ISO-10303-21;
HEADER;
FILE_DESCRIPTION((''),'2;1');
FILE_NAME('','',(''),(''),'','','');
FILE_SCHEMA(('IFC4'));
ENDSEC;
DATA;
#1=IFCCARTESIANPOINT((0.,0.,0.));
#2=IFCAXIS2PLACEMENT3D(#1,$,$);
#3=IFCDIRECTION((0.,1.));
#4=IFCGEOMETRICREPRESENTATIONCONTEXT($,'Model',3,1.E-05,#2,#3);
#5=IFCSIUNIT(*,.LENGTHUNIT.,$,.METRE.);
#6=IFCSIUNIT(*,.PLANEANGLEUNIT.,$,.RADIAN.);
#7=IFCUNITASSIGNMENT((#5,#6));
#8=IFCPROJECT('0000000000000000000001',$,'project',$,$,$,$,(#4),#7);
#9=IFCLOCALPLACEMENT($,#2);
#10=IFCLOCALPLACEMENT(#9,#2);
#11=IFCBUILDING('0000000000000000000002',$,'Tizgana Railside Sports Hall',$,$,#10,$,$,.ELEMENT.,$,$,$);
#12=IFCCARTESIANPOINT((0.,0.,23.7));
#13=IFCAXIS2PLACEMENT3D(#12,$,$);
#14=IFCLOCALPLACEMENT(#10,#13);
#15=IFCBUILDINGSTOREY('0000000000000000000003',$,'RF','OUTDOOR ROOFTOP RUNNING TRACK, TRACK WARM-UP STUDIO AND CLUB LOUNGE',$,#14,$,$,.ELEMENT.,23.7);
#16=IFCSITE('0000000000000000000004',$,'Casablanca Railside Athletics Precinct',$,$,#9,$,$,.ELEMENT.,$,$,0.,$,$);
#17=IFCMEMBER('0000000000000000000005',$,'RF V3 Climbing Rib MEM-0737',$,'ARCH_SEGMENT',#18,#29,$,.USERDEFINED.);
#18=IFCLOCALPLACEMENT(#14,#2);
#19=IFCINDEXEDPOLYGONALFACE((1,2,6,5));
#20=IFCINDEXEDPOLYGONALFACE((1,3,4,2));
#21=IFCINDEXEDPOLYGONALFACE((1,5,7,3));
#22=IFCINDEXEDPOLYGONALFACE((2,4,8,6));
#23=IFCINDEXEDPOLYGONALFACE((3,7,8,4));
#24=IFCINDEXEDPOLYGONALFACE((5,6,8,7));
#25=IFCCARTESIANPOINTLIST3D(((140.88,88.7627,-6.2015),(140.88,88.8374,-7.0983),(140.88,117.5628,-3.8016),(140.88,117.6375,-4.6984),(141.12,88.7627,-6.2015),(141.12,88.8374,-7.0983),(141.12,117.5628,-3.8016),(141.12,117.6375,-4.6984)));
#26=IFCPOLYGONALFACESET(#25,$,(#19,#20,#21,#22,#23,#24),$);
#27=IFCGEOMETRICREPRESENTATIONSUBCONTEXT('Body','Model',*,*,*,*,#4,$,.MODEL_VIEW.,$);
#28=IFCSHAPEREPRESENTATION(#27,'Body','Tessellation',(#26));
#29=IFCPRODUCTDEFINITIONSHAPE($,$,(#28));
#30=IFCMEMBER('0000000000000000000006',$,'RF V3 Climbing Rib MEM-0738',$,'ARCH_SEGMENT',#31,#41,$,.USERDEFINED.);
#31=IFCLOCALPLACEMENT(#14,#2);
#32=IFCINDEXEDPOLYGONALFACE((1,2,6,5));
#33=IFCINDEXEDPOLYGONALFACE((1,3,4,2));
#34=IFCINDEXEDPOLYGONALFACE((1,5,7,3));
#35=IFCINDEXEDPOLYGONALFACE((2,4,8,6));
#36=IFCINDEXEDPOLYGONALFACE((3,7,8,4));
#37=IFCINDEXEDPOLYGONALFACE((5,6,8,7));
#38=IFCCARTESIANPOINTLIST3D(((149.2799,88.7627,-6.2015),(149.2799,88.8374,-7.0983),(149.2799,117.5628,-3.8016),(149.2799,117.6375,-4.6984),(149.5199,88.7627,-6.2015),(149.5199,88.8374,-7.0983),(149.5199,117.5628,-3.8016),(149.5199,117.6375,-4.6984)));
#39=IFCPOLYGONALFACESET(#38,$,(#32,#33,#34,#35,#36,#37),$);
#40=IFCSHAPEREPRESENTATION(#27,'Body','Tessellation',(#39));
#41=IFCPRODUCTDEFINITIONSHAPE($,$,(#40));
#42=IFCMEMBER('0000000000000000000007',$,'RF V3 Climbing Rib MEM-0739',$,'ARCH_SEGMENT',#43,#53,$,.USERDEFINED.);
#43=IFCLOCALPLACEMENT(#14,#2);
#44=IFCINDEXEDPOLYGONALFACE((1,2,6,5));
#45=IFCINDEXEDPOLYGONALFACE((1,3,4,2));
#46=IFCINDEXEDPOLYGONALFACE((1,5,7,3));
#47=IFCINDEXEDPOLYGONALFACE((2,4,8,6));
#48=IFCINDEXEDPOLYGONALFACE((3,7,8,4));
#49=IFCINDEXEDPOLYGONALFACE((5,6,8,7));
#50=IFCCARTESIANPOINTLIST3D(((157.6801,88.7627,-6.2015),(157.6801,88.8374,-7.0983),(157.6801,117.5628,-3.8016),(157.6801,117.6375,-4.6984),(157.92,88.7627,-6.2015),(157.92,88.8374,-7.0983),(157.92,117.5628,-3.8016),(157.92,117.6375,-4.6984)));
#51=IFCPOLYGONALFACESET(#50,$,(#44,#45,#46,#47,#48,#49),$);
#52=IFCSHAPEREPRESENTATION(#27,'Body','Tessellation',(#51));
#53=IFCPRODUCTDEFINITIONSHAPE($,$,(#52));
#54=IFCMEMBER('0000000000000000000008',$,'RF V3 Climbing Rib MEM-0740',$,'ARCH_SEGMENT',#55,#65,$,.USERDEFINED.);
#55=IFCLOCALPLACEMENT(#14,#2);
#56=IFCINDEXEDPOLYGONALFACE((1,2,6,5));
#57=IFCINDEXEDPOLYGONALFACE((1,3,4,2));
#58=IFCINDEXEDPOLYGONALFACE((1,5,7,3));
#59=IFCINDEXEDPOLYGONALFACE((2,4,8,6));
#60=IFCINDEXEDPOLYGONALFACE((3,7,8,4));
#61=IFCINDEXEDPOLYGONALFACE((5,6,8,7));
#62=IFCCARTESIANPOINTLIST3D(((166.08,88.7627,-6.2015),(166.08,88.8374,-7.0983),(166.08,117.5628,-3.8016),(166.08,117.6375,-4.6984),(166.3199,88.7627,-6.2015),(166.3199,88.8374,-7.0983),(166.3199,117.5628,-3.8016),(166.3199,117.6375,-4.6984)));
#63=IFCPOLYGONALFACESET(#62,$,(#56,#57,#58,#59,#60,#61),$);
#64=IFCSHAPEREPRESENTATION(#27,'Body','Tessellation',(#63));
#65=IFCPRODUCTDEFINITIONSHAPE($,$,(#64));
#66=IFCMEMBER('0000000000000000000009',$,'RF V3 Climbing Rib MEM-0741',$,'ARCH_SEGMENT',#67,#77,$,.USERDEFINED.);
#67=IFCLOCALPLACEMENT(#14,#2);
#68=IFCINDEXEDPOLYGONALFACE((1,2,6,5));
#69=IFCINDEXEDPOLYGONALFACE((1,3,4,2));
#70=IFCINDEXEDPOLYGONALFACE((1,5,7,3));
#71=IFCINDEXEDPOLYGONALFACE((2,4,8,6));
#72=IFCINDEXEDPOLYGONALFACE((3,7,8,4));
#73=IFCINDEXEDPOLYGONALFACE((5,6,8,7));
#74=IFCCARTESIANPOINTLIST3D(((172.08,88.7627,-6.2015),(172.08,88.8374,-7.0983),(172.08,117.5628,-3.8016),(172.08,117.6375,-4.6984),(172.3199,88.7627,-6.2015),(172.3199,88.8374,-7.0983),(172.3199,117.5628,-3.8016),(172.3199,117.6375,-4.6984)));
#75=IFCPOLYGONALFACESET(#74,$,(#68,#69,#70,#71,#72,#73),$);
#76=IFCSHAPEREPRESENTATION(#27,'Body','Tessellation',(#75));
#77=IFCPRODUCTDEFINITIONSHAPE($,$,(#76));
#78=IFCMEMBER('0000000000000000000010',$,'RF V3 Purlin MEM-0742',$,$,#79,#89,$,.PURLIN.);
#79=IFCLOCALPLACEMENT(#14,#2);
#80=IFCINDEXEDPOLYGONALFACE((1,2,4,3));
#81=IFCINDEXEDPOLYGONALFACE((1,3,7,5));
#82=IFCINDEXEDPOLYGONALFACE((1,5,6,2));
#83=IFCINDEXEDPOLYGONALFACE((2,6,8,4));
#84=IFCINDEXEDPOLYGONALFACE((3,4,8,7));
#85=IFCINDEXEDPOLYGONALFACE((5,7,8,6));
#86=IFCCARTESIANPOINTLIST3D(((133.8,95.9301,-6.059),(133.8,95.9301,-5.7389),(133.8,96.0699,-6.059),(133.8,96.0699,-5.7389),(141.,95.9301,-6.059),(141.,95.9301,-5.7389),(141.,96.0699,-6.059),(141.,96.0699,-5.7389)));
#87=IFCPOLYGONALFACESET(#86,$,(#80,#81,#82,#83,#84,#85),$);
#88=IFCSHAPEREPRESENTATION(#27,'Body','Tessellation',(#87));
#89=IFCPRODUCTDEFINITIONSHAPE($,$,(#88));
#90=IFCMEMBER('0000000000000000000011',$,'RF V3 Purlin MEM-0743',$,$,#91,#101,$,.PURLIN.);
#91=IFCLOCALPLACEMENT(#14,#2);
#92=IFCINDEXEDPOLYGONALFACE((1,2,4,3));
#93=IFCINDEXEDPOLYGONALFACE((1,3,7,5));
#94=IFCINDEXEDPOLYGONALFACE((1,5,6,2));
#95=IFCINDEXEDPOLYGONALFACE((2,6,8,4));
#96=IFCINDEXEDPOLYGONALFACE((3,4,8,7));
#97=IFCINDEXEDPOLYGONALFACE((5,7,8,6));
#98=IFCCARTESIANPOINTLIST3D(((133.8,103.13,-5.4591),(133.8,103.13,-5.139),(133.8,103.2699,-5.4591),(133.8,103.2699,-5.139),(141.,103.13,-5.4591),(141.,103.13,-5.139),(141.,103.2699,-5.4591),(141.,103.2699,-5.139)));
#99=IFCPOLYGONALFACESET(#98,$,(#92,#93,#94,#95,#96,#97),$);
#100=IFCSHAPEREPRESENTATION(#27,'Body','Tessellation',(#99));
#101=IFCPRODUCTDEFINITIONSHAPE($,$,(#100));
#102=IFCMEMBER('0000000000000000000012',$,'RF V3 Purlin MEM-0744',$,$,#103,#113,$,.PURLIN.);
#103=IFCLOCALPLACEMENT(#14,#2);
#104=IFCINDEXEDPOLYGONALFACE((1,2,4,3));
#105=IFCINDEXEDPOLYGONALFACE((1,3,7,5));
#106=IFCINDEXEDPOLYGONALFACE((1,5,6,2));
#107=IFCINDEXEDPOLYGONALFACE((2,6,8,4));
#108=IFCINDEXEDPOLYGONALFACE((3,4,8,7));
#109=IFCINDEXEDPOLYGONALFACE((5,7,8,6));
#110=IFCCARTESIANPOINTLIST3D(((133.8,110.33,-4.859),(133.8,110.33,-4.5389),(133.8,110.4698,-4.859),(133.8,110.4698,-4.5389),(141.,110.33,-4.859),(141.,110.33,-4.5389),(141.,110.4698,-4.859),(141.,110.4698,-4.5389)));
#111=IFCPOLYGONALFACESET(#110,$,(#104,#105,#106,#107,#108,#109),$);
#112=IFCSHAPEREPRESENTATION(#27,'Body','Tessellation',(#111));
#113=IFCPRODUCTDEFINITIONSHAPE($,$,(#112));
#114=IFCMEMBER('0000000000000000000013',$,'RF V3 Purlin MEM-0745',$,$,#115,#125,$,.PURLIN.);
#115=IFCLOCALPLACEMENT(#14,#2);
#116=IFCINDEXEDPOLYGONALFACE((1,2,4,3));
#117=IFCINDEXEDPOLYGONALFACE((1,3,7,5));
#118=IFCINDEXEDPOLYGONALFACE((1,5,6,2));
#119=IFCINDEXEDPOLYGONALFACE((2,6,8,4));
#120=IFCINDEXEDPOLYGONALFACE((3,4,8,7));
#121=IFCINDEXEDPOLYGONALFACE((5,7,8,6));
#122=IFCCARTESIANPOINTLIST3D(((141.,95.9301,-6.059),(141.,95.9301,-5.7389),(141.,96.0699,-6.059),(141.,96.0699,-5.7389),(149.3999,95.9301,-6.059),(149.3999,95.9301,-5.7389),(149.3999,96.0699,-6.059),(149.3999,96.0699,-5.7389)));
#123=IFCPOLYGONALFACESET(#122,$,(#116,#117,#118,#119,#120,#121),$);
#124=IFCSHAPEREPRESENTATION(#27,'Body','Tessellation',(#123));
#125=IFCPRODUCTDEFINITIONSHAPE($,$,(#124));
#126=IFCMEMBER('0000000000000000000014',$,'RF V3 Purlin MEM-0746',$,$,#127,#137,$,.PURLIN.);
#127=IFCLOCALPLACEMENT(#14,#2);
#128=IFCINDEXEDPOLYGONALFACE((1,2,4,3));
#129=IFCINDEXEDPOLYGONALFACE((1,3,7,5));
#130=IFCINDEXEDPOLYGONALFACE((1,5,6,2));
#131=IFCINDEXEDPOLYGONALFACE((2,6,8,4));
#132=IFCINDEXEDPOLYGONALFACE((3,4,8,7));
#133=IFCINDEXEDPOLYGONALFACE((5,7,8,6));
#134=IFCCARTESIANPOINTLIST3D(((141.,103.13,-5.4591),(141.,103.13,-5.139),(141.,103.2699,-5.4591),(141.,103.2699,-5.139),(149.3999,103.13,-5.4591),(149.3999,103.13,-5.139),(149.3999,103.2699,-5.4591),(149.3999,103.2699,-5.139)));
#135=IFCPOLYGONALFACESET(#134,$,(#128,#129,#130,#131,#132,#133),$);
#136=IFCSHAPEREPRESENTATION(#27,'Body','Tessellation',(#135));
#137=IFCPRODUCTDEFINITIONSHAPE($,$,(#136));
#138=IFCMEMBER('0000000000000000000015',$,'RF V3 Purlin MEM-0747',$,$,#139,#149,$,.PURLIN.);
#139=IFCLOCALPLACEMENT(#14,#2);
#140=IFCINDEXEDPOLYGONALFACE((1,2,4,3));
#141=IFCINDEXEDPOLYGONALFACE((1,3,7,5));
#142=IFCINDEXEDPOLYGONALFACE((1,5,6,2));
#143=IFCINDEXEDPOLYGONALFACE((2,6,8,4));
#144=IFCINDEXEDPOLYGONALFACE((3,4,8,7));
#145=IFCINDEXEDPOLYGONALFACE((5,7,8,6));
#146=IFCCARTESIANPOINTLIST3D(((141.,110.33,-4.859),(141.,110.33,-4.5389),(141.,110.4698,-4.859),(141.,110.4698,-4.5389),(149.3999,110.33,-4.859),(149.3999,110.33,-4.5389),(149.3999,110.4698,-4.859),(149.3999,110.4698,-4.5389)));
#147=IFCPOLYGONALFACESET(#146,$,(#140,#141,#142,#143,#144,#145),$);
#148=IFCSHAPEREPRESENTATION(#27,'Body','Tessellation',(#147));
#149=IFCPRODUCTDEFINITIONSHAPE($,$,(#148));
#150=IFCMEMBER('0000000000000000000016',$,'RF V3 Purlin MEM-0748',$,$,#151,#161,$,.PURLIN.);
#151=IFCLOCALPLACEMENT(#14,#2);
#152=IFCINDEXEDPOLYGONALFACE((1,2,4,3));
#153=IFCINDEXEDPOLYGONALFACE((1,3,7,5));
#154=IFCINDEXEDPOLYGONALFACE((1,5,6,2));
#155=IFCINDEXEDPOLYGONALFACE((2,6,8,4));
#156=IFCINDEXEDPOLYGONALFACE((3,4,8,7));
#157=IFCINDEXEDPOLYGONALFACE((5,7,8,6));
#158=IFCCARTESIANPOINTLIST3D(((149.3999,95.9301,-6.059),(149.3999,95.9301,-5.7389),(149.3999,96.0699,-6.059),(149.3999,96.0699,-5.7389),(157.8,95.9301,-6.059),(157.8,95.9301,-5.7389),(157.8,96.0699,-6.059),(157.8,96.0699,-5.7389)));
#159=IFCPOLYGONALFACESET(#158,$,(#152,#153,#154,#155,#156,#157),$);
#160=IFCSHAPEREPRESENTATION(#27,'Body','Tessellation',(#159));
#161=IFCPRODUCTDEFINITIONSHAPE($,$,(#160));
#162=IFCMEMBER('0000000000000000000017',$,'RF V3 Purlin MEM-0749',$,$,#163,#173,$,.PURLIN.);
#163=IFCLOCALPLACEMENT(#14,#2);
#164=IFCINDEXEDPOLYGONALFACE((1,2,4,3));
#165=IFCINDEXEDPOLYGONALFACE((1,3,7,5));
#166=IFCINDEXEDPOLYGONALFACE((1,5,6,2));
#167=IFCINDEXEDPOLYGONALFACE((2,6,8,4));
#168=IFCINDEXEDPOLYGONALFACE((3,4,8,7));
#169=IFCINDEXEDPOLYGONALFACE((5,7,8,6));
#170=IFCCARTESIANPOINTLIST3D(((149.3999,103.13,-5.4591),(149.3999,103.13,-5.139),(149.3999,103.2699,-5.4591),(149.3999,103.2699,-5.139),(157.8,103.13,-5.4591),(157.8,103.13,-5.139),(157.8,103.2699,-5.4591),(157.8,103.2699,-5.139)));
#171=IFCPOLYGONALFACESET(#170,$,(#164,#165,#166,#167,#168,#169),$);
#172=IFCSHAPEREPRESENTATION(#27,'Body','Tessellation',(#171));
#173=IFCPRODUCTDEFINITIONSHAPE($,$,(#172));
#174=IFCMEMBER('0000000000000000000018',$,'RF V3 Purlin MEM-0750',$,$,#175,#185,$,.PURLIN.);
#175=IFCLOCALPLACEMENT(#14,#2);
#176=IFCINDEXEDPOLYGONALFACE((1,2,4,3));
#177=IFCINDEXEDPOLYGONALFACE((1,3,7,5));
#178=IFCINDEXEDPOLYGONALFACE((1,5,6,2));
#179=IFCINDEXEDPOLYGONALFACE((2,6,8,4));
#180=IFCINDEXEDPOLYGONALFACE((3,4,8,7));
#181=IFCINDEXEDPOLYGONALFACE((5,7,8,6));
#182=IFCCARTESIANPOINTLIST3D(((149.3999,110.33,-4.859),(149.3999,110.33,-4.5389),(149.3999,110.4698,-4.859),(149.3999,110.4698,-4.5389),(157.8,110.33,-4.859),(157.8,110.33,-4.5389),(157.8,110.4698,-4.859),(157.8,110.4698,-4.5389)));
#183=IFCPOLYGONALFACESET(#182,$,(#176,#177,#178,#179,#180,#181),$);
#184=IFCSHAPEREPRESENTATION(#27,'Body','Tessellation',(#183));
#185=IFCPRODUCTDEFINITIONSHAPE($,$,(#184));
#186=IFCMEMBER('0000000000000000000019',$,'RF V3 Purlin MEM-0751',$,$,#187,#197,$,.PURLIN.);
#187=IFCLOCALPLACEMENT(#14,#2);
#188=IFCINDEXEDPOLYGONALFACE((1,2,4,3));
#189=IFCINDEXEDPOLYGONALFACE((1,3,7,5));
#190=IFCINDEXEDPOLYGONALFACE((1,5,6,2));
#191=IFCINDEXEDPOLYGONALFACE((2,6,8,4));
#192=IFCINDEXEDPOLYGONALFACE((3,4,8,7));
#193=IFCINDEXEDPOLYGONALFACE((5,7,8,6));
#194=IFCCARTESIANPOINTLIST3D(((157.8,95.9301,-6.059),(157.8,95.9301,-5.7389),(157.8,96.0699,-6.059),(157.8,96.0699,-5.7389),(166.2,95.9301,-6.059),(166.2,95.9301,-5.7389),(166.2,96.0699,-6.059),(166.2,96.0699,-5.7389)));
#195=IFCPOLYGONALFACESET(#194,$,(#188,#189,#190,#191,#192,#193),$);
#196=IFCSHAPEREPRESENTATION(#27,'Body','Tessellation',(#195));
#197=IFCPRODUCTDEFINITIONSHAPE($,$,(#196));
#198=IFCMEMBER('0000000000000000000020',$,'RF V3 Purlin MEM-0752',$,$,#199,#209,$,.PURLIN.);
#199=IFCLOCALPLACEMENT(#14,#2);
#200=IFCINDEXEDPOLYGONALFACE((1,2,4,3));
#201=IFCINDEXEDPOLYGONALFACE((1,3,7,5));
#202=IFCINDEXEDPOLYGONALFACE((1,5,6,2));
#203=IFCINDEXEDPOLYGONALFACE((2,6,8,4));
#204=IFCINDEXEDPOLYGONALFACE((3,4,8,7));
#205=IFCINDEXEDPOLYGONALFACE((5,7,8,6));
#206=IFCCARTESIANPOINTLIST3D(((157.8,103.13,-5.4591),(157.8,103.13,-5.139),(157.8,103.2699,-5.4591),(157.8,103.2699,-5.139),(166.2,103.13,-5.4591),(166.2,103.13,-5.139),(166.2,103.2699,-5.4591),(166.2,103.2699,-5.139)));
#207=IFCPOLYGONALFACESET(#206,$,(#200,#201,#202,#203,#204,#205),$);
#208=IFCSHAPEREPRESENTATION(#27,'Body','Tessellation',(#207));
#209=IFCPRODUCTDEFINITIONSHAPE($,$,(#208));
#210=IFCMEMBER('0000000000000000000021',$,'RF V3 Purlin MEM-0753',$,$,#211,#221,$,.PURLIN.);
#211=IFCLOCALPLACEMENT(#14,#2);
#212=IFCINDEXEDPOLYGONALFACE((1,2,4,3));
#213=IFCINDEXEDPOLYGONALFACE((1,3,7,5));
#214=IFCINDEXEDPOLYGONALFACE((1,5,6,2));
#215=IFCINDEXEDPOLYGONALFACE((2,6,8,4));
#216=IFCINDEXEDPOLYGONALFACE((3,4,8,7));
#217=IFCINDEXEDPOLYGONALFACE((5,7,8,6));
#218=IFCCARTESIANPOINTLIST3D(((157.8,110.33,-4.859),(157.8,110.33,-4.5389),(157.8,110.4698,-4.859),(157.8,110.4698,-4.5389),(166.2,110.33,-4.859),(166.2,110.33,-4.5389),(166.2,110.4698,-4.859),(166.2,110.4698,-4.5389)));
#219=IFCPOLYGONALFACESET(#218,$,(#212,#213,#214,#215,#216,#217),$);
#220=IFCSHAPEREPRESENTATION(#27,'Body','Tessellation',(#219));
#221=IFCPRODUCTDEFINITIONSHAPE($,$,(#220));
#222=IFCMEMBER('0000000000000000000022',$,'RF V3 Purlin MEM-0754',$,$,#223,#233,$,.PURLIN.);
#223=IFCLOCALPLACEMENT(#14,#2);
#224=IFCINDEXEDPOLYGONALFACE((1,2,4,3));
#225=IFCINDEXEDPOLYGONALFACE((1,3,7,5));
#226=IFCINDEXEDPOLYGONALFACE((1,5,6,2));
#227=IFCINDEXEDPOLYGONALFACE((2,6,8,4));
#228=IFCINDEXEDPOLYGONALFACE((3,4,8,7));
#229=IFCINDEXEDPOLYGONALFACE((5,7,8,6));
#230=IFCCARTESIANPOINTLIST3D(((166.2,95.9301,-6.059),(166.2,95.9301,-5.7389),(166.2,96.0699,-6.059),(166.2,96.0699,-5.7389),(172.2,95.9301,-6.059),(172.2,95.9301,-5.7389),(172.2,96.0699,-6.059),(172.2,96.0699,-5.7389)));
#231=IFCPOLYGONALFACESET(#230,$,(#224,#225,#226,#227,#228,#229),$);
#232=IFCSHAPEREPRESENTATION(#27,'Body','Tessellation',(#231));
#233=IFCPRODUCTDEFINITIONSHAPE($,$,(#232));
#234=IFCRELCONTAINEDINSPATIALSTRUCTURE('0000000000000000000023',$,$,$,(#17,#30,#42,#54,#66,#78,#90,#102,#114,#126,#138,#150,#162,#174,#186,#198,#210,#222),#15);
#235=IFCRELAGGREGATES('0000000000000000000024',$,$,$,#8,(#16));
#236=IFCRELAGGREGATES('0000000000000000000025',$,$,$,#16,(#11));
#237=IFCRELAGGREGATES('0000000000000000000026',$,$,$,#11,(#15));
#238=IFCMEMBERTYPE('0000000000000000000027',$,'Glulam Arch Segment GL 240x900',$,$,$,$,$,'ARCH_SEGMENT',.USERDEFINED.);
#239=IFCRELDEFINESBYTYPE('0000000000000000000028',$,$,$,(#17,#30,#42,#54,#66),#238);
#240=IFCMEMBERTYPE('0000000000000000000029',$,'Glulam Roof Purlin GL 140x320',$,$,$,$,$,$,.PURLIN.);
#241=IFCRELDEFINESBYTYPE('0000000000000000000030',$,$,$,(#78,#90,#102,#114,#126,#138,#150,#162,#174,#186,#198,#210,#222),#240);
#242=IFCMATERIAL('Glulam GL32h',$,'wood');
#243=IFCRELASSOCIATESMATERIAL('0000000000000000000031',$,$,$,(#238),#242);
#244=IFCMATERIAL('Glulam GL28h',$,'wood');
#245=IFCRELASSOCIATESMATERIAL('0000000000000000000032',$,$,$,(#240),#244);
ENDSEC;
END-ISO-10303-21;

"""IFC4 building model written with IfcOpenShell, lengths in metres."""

from ifc_helpers import new_model, si_unit, direction, frame, origin, origin_2d, place, context, subcontext, project, spatial, rectangle, extrude, material, material_profile, profile_set, type_object, element, save


model = new_model("IFC4")

# Units and contexts
model_context = context("Model", 3, precision=1e-05, world=origin(), true_north=direction((0.0, 1.0)))
body_context = subcontext(model_context, "Body", "Model", "MODEL_VIEW")
ifc_project = project(units=[si_unit("LENGTHUNIT", "METRE"), si_unit("PLANEANGLEUNIT", "RADIAN")], contexts=[model_context])

# Site, building, storey
site_placement = place(None, origin())
site = spatial("IfcSite", under=ifc_project, at=site_placement, Name="Casablanca Railside Athletics Precinct", CompositionType="ELEMENT", RefElevation=0.0)
building_placement = place(site_placement, origin())
building = spatial("IfcBuilding", under=site, at=building_placement, Name="Tizgana Railside Sports Hall", CompositionType="ELEMENT")
storey_placement = place(building_placement, frame((0.0, 0.0, 23.7)))
storey = spatial("IfcBuildingStorey", under=building, at=storey_placement, Name="RF", Description="OUTDOOR ROOFTOP RUNNING TRACK, TRACK WARM-UP STUDIO AND CLUB LOUNGE", CompositionType="ELEMENT", Elevation=23.7)

# Members
ifc_material_1 = material(Name="Glulam GL32h", Category="wood")
ifc_material_profile_1 = material_profile(ifc_material_1, rectangle(XDim=0.24, YDim=0.8999, at=origin_2d()), Name="GL 240x900")
ifc_profile_set_1 = profile_set([ifc_material_profile_1], Name="Glulam GL32h")
member_type_1 = type_object("IfcMemberType", Name="Glulam Arch Segment GL 240x900", ElementType="ARCH_SEGMENT", PredefinedType="USERDEFINED", material=ifc_profile_set_1)
for number, where, z_axis, x_axis, name in (
    (1, (141.0, 88.8, -6.6499), (0.0, 0.996546, 0.083042), (-1.0, 0.0, 0.0), "RF V3 Climbing Rib MEM-0737"),
    (2, (149.3999, 88.8, -6.6499), (0.0, 0.996546, 0.083042), (-1.0, 0.0, 0.0), "RF V3 Climbing Rib MEM-0738"),
    (3, (157.8, 88.8, -6.6499), (0.0, 0.996546, 0.083042), (-1.0, 0.0, 0.0), "RF V3 Climbing Rib MEM-0739"),
    (4, (166.2, 88.8, -6.6499), (0.0, 0.996546, 0.083042), (-1.0, 0.0, 0.0), "RF V3 Climbing Rib MEM-0740"),
    (5, (172.2, 88.8, -6.6499), (0.0, 0.996546, 0.083042), (-1.0, 0.0, 0.0), "RF V3 Climbing Rib MEM-0741"),
):
    element("IfcMember", number, at=place(storey_placement, frame(where, z_axis=z_axis, x_axis=x_axis)), inside=storey, type_object=member_type_1, Name=name, ObjectType="ARCH_SEGMENT", PredefinedType="USERDEFINED", context=body_context, shape_type="SweptSolid", body=[
        extrude(rectangle(XDim=0.24, YDim=0.8999, at=origin_2d()), origin(), (0.0, 0.0, 1.0), 28.8999),
    ])
ifc_material_2 = material(Name="Glulam GL28h", Category="wood")
ifc_material_profile_2 = material_profile(ifc_material_2, rectangle(XDim=0.1399, YDim=0.3201, at=origin_2d()), Name="GL 140x320")
ifc_profile_set_2 = profile_set([ifc_material_profile_2], Name="Glulam GL28h")
member_type_2 = type_object("IfcMemberType", Name="Glulam Roof Purlin GL 140x320", PredefinedType="PURLIN", material=ifc_profile_set_2)
for number, where, z_axis, x_axis, name in (
    (6, (133.8, 96.0, -5.8989), (1.0, 0.0, 0.0), (0.0, 1.0, 0.0), "RF V3 Purlin MEM-0742"),
    (7, (133.8, 103.2, -5.2991), (1.0, 0.0, 0.0), (0.0, 1.0, 0.0), "RF V3 Purlin MEM-0743"),
    (8, (133.8, 110.3999, -4.699), (1.0, 0.0, 0.0), (0.0, 1.0, 0.0), "RF V3 Purlin MEM-0744"),
):
    element("IfcMember", number, at=place(storey_placement, frame(where, z_axis=z_axis, x_axis=x_axis)), inside=storey, type_object=member_type_2, Name=name, PredefinedType="PURLIN", context=body_context, shape_type="SweptSolid", body=[
        extrude(rectangle(XDim=0.1399, YDim=0.3201, at=origin_2d()), origin(), (0.0, 0.0, 1.0), 7.2),
    ])
for number, where, z_axis, x_axis, name in (
    (9, (141.0, 96.0, -5.8989), (1.0, 0.0, 0.0), (0.0, 1.0, 0.0), "RF V3 Purlin MEM-0745"),
    (10, (141.0, 103.2, -5.2991), (1.0, 0.0, 0.0), (0.0, 1.0, 0.0), "RF V3 Purlin MEM-0746"),
    (11, (141.0, 110.3999, -4.699), (1.0, 0.0, 0.0), (0.0, 1.0, 0.0), "RF V3 Purlin MEM-0747"),
):
    element("IfcMember", number, at=place(storey_placement, frame(where, z_axis=z_axis, x_axis=x_axis)), inside=storey, type_object=member_type_2, Name=name, PredefinedType="PURLIN", context=body_context, shape_type="SweptSolid", body=[
        extrude(rectangle(XDim=0.1399, YDim=0.3201, at=origin_2d()), origin(), (0.0, 0.0, 1.0), 8.3999),
    ])
for number, where, z_axis, x_axis, name in (
    (12, (149.3999, 96.0, -5.8989), (1.0, 0.0, 0.0), (0.0, 1.0, 0.0), "RF V3 Purlin MEM-0748"),
    (13, (149.3999, 103.2, -5.2991), (1.0, 0.0, 0.0), (0.0, 1.0, 0.0), "RF V3 Purlin MEM-0749"),
    (14, (149.3999, 110.3999, -4.699), (1.0, 0.0, 0.0), (0.0, 1.0, 0.0), "RF V3 Purlin MEM-0750"),
):
    element("IfcMember", number, at=place(storey_placement, frame(where, z_axis=z_axis, x_axis=x_axis)), inside=storey, type_object=member_type_2, Name=name, PredefinedType="PURLIN", context=body_context, shape_type="SweptSolid", body=[
        extrude(rectangle(XDim=0.1399, YDim=0.3201, at=origin_2d()), origin(), (0.0, 0.0, 1.0), 8.4001),
    ])
for number, where, z_axis, x_axis, name in (
    (15, (157.8, 96.0, -5.8989), (1.0, 0.0, 0.0), (0.0, 1.0, 0.0), "RF V3 Purlin MEM-0751"),
    (16, (157.8, 103.2, -5.2991), (1.0, 0.0, 0.0), (0.0, 1.0, 0.0), "RF V3 Purlin MEM-0752"),
    (17, (157.8, 110.3999, -4.699), (1.0, 0.0, 0.0), (0.0, 1.0, 0.0), "RF V3 Purlin MEM-0753"),
):
    element("IfcMember", number, at=place(storey_placement, frame(where, z_axis=z_axis, x_axis=x_axis)), inside=storey, type_object=member_type_2, Name=name, PredefinedType="PURLIN", context=body_context, shape_type="SweptSolid", body=[
        extrude(rectangle(XDim=0.1399, YDim=0.3201, at=origin_2d()), origin(), (0.0, 0.0, 1.0), 8.3999),
    ])
for number, where, z_axis, x_axis, name in (
    (18, (166.2, 96.0, -5.8989), (1.0, 0.0, 0.0), (0.0, 1.0, 0.0), "RF V3 Purlin MEM-0754"),
):
    element("IfcMember", number, at=place(storey_placement, frame(where, z_axis=z_axis, x_axis=x_axis)), inside=storey, type_object=member_type_2, Name=name, PredefinedType="PURLIN", context=body_context, shape_type="SweptSolid", body=[
        extrude(rectangle(XDim=0.1399, YDim=0.3201, at=origin_2d()), origin(), (0.0, 0.0, 1.0), 6.0),
    ])

save(model, "model.ifc")
